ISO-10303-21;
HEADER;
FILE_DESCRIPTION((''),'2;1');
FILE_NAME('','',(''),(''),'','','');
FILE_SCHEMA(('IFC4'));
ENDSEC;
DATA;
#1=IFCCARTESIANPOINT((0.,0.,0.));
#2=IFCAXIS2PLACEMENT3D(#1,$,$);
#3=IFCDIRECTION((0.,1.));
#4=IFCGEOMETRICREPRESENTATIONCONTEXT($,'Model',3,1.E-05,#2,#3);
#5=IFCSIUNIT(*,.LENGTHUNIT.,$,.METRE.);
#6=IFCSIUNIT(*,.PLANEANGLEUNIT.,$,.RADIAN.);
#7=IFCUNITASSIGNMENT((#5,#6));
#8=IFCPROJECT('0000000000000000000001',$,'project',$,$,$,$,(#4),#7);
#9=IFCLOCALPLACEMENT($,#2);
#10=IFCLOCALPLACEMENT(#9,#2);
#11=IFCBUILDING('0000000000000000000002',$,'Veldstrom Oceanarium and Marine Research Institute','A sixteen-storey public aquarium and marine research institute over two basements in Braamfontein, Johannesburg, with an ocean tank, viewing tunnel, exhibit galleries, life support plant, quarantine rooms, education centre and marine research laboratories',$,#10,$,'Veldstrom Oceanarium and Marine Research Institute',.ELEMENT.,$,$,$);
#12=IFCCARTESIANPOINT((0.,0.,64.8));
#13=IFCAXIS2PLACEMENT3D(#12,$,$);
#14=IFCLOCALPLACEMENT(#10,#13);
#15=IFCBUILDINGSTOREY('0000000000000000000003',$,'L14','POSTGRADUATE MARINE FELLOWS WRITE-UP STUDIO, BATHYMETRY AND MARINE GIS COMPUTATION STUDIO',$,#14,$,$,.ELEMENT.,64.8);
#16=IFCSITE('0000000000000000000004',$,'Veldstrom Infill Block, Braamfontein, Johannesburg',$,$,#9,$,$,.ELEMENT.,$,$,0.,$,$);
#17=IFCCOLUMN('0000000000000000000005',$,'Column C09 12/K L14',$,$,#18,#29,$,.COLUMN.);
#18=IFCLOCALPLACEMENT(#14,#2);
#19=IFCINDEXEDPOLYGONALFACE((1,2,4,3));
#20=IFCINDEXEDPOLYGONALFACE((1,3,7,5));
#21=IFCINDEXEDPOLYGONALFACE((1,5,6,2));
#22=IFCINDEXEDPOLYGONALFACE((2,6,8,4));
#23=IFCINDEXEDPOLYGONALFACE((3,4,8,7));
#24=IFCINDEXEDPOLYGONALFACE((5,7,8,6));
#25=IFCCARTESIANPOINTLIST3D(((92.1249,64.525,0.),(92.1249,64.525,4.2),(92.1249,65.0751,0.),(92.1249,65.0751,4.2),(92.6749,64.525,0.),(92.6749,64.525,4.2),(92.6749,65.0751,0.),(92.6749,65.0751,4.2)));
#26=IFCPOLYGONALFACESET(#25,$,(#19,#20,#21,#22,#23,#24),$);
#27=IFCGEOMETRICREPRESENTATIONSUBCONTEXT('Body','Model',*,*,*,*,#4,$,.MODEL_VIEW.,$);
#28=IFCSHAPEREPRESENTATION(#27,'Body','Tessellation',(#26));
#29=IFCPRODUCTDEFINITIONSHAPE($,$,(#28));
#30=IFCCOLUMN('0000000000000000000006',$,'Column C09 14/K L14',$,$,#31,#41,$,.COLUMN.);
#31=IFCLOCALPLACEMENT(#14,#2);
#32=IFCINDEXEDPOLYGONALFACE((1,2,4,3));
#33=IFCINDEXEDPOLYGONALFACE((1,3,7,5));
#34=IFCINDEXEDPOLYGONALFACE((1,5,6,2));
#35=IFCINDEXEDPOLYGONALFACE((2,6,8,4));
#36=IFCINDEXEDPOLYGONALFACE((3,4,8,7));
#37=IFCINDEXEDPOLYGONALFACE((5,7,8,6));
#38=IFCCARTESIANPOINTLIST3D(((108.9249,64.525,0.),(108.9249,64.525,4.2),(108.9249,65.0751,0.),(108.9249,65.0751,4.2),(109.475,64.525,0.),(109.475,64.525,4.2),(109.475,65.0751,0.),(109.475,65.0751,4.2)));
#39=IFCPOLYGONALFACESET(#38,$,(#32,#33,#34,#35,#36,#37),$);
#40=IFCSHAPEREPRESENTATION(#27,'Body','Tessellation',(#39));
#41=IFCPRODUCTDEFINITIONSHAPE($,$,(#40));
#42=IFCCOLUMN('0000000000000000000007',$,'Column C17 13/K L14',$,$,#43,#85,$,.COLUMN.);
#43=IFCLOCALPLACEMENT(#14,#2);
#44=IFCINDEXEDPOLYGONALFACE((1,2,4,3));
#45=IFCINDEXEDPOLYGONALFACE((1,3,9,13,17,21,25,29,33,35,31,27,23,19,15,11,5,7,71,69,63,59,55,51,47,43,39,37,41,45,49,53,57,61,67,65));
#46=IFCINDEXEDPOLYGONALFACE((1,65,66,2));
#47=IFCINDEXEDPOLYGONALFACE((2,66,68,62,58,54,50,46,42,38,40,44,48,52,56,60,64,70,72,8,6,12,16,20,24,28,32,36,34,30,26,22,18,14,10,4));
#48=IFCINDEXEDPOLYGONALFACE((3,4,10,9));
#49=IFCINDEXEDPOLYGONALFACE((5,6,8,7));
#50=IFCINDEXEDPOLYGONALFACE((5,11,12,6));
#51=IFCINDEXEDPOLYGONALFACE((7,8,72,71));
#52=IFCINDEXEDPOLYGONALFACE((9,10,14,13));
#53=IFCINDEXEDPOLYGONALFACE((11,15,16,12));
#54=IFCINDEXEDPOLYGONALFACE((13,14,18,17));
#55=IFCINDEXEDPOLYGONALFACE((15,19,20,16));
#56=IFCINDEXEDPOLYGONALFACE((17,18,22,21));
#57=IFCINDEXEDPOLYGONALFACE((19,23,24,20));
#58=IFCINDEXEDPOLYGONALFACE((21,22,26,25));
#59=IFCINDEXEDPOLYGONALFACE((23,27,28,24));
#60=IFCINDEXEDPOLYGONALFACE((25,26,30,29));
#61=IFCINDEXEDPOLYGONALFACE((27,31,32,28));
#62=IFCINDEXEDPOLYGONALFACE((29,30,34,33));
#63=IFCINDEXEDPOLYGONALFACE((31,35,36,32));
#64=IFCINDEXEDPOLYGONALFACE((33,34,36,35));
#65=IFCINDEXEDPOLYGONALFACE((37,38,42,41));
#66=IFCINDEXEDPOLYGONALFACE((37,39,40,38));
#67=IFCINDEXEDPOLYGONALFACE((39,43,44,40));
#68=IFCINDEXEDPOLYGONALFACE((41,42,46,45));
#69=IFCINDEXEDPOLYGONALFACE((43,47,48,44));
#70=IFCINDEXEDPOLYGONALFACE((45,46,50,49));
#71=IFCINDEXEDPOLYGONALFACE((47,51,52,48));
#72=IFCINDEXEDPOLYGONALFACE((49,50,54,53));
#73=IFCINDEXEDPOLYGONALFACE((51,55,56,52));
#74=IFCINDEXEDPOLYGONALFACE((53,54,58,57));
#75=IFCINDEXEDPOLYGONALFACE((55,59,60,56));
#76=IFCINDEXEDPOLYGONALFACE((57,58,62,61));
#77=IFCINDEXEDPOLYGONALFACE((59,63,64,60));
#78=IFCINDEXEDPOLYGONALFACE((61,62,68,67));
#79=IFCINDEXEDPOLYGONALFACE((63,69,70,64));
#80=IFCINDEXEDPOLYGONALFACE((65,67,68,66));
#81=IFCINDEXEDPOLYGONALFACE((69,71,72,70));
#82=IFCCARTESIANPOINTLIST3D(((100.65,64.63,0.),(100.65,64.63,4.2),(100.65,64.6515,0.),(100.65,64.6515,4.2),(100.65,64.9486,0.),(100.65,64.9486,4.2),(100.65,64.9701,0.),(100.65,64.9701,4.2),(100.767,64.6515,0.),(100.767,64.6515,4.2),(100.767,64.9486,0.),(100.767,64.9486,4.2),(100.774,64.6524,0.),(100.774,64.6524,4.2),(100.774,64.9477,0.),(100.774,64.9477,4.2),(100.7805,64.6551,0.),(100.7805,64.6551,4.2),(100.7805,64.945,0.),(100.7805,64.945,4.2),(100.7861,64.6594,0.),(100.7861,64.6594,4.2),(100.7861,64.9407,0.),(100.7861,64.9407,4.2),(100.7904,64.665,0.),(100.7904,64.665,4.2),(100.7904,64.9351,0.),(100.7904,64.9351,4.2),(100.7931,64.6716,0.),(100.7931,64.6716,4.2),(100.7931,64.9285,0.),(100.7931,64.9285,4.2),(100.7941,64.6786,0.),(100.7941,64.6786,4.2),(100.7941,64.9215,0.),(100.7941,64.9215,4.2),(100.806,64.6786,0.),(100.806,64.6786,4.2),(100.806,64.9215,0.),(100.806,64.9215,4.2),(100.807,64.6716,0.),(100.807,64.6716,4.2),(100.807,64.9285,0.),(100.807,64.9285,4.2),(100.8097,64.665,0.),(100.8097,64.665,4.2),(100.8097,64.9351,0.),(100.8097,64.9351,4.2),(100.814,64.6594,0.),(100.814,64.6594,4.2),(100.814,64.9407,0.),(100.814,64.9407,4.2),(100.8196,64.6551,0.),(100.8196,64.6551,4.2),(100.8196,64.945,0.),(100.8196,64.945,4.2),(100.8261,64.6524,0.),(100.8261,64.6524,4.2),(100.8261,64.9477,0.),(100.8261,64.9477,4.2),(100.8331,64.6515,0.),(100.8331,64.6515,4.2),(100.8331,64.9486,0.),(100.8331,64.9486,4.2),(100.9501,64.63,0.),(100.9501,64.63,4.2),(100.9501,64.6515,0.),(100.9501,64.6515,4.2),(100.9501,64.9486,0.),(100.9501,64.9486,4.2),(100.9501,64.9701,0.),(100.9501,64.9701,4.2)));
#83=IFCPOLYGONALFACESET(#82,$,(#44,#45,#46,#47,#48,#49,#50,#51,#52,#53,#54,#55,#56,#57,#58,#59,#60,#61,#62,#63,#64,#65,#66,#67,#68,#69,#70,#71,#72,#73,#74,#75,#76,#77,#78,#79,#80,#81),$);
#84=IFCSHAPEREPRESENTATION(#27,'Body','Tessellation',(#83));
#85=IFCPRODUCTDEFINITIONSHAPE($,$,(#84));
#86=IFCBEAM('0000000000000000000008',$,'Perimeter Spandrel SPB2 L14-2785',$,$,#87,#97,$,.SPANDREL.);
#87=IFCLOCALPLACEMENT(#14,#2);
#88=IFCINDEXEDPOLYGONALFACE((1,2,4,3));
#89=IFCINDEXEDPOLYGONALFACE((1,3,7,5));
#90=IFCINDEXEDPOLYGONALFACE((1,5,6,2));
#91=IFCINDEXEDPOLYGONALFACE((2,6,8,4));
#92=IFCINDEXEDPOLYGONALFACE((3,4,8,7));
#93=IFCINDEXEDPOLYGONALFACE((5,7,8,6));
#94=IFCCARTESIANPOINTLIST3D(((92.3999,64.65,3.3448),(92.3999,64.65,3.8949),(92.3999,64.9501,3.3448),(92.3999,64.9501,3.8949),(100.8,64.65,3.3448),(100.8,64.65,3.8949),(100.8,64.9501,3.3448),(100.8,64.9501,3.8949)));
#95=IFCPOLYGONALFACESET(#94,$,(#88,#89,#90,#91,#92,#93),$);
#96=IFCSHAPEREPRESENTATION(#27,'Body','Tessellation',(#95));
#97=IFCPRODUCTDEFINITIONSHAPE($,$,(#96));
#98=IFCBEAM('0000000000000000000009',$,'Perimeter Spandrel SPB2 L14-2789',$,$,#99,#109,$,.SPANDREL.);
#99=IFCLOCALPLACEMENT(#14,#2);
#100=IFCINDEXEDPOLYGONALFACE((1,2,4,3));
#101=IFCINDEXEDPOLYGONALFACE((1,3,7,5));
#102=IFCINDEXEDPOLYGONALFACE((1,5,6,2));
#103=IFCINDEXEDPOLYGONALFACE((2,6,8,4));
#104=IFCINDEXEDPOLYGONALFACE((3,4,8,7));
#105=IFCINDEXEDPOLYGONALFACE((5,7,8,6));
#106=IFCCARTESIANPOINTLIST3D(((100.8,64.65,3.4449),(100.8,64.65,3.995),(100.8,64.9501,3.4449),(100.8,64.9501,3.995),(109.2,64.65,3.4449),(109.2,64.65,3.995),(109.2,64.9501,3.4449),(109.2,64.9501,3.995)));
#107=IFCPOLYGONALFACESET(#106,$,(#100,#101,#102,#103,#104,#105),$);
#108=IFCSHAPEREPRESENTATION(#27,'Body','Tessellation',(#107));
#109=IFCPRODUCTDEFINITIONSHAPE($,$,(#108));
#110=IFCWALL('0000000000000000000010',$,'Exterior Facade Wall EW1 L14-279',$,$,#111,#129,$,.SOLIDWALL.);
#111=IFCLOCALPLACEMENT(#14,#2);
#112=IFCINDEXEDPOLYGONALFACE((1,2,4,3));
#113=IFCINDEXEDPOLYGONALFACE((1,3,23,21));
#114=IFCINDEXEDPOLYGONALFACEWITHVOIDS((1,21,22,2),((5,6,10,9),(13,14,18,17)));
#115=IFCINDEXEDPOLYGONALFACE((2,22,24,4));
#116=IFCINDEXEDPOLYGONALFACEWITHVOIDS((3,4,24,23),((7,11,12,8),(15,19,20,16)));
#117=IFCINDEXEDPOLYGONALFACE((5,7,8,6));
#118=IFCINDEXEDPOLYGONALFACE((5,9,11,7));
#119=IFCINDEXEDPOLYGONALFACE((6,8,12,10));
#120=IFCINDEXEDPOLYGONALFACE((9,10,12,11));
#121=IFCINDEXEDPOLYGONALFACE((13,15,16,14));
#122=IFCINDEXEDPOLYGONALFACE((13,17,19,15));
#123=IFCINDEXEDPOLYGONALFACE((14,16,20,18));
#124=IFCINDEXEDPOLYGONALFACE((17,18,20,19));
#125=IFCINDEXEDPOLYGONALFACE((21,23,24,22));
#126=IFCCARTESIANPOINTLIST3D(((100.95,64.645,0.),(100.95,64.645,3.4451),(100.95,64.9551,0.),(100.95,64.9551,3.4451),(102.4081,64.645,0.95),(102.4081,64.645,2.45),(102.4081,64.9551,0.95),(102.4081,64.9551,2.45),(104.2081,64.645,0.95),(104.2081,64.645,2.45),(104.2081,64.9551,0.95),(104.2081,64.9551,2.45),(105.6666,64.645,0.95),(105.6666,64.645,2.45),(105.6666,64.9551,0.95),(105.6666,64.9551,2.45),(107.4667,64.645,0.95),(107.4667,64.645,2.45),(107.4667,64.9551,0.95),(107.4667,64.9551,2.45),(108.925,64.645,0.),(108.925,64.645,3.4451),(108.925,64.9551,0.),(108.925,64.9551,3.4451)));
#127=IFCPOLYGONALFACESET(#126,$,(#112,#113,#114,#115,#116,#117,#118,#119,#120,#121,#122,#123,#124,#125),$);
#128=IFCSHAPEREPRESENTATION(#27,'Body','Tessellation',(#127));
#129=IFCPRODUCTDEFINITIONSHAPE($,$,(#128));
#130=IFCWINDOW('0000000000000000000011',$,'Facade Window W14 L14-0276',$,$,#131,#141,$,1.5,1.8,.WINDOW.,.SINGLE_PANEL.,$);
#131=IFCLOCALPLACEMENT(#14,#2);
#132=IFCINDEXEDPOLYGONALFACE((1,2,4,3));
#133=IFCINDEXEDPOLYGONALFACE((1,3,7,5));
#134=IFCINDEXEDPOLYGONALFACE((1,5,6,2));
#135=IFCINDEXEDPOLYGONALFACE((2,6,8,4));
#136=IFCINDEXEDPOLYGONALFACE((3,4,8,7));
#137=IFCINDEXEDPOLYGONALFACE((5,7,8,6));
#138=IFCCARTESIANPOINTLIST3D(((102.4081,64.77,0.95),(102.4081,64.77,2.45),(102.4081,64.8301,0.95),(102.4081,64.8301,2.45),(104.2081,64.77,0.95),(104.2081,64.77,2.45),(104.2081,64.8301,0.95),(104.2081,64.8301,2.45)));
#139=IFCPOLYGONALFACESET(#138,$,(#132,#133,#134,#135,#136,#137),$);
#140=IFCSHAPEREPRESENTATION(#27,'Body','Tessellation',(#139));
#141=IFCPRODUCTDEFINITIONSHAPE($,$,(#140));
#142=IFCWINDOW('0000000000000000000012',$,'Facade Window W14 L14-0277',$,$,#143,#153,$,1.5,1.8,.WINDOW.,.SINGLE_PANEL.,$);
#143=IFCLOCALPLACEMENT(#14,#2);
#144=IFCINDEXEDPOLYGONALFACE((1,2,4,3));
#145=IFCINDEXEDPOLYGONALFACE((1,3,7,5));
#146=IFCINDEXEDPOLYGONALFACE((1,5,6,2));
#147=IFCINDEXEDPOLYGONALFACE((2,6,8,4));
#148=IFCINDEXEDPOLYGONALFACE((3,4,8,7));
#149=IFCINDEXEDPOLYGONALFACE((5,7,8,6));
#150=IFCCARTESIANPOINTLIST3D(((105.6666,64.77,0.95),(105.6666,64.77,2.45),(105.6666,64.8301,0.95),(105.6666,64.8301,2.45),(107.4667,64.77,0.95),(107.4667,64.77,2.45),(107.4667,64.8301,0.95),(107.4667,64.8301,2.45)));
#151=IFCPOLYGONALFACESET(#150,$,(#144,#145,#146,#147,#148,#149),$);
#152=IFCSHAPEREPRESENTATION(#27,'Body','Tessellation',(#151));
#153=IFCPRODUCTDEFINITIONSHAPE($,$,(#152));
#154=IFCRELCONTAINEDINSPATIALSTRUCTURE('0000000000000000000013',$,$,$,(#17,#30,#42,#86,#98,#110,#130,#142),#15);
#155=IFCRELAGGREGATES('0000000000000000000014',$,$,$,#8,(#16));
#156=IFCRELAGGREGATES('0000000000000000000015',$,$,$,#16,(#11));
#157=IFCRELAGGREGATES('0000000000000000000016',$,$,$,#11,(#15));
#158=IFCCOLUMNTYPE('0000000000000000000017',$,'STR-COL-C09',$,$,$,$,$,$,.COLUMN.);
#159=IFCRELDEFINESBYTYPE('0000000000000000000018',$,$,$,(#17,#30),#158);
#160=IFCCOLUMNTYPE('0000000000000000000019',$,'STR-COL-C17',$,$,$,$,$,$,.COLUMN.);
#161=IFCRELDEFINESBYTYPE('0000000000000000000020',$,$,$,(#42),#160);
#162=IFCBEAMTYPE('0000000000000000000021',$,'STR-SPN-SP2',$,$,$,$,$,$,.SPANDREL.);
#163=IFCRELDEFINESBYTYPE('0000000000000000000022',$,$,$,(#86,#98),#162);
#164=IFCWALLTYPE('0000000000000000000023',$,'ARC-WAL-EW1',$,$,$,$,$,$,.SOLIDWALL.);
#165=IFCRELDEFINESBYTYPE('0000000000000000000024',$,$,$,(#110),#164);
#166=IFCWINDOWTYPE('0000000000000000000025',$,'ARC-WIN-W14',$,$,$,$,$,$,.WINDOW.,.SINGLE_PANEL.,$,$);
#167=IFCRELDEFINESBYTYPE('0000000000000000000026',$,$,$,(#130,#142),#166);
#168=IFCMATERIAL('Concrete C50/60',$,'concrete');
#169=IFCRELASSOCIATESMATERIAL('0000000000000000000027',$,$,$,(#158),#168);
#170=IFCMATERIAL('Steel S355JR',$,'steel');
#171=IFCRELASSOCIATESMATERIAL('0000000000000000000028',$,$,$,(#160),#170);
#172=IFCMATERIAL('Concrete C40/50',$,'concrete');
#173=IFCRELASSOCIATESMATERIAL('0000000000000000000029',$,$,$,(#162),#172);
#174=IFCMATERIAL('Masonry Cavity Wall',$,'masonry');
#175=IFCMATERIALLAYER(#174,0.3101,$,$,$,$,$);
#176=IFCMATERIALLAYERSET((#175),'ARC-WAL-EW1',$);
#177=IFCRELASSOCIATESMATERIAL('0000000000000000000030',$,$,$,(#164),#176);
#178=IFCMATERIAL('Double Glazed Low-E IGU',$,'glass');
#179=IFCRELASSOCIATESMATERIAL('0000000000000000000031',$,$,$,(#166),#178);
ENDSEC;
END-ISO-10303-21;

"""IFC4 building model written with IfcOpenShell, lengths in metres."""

from ifc_helpers import new_model, si_unit, direction, frame, frame_2d, origin, origin_2d, place, context, subcontext, project, spatial, rectangle, i_section, extrude, material, layer, layer_set, material_profile, profile_set, type_object, element, fill, save


model = new_model("IFC4")

# Units and contexts
model_context = context("Model", 3, precision=1e-05, world=origin(), true_north=direction((0.0, 1.0)))
body_context = subcontext(model_context, "Body", "Model", "MODEL_VIEW")
ifc_project = project(units=[si_unit("LENGTHUNIT", "METRE"), si_unit("PLANEANGLEUNIT", "RADIAN")], contexts=[model_context])

# Site, building, storey
site_placement = place(None, origin())
site = spatial("IfcSite", under=ifc_project, at=site_placement, Name="Veldstrom Infill Block, Braamfontein, Johannesburg", CompositionType="ELEMENT", RefElevation=0.0)
building_placement = place(site_placement, origin())
building = spatial("IfcBuilding", under=site, at=building_placement, Name="Veldstrom Oceanarium and Marine Research Institute", Description="A sixteen-storey public aquarium and marine research institute over two basements in Braamfontein, Johannesburg, with an ocean tank, viewing tunnel, exhibit galleries, life support plant, quarantine rooms, education centre and marine research laboratories", LongName="Veldstrom Oceanarium and Marine Research Institute", CompositionType="ELEMENT")
storey_placement = place(building_placement, frame((0.0, 0.0, 64.8)))
storey = spatial("IfcBuildingStorey", under=building, at=storey_placement, Name="L14", Description="POSTGRADUATE MARINE FELLOWS WRITE-UP STUDIO, BATHYMETRY AND MARINE GIS COMPUTATION STUDIO", CompositionType="ELEMENT", Elevation=64.8)

# Columns
ifc_material_1 = material(Name="Concrete C50/60", Category="concrete")
ifc_material_profile_1 = material_profile(ifc_material_1, rectangle(XDim=0.55, YDim=0.55, at=origin_2d()), Name="RC-COL-550x550")
ifc_profile_set_1 = profile_set([ifc_material_profile_1], Name="Concrete C50/60")
column_type_1 = type_object("IfcColumnType", Name="STR-COL-C09", PredefinedType="COLUMN", material=ifc_profile_set_1)
for number, where, z_axis, x_axis, name in (
    (1, (92.3999, 64.8, 0.0), (0.0, 0.0, 1.0), (1.0, 0.0, 0.0), "Column C09 12/K L14"),
    (2, (109.2, 64.8, 0.0), (0.0, 0.0, 1.0), (1.0, 0.0, 0.0), "Column C09 14/K L14"),
):
    element("IfcColumn", number, at=place(storey_placement, frame(where, z_axis=z_axis, x_axis=x_axis)), inside=storey, type_object=column_type_1, Name=name, PredefinedType="COLUMN", context=body_context, shape_type="SweptSolid", body=[
        extrude(rectangle(XDim=0.55, YDim=0.55, at=origin_2d()), origin(), (0.0, 0.0, 1.0), 4.2),
    ])
ifc_material_2 = material(Name="Steel S355JR", Category="steel")
ifc_material_profile_2 = material_profile(ifc_material_2, i_section(OverallWidth=0.3, OverallDepth=0.3401, WebThickness=0.012, FlangeThickness=0.0215, FilletRadius=0.0271, at=origin_2d()), Name="HEB 340")
ifc_profile_set_2 = profile_set([ifc_material_profile_2], Name="Steel S355JR")
column_type_2 = type_object("IfcColumnType", Name="STR-COL-C17", PredefinedType="COLUMN", material=ifc_profile_set_2)
column_placement = place(storey_placement, frame((100.8, 64.8, 0.0), z_axis=(0.0, 0.0, 1.0), x_axis=(1.0, 0.0, 0.0)))
element("IfcColumn", 3, at=column_placement, inside=storey, type_object=column_type_2, Name="Column C17 13/K L14", PredefinedType="COLUMN", context=body_context, shape_type="SweptSolid", body=[
    extrude(i_section(OverallWidth=0.3, OverallDepth=0.3401, WebThickness=0.012, FlangeThickness=0.0215, FilletRadius=0.0271, at=origin_2d()), origin(), (0.0, 0.0, 1.0), 4.2),
])

# Beams
ifc_material_3 = material(Name="Concrete C40/50", Category="concrete")
ifc_material_profile_3 = material_profile(ifc_material_3, rectangle(XDim=0.3, YDim=0.55, at=origin_2d()), Name="RC-SPN-300x550")
ifc_profile_set_3 = profile_set([ifc_material_profile_3], Name="Concrete C40/50")
beam_type = type_object("IfcBeamType", Name="STR-SPN-SP2", PredefinedType="SPANDREL", material=ifc_profile_set_3)
beam_1_placement = place(storey_placement, frame((92.3999, 64.8, 3.6199), z_axis=(1.0, 0.0, 0.0), x_axis=(0.0, 1.0, 0.0)))
element("IfcBeam", 4, at=beam_1_placement, inside=storey, type_object=beam_type, Name="Perimeter Spandrel SPB2 L14-2785", PredefinedType="SPANDREL", context=body_context, shape_type="SweptSolid", body=[
    extrude(rectangle(XDim=0.3, YDim=0.55, at=origin_2d()), origin(), (0.0, 0.0, 1.0), 8.4001),
])
beam_2_placement = place(storey_placement, frame((100.8, 64.8, 3.72), z_axis=(1.0, 0.0, 0.0), x_axis=(0.0, 1.0, 0.0)))
element("IfcBeam", 5, at=beam_2_placement, inside=storey, type_object=beam_type, Name="Perimeter Spandrel SPB2 L14-2789", PredefinedType="SPANDREL", context=body_context, shape_type="SweptSolid", body=[
    extrude(rectangle(XDim=0.3, YDim=0.55, at=origin_2d()), origin(), (0.0, 0.0, 1.0), 8.3999),
])

# Wall, openings, windows
ifc_material_4 = material(Name="Masonry Cavity Wall", Category="masonry")
ifc_layer_1 = layer(ifc_material_4, 0.3101)
ifc_layer_set_1 = layer_set([ifc_layer_1], Name="ARC-WAL-EW1")
wall_type_1 = type_object("IfcWallType", Name="ARC-WAL-EW1", PredefinedType="SOLIDWALL", material=ifc_layer_set_1)
wall_1_placement = place(storey_placement, frame((100.95, 64.8, 0.0), z_axis=(0.0, 0.0, 1.0), x_axis=(1.0, 0.0, 0.0)))
wall_1 = element("IfcWall", 6, at=wall_1_placement, inside=storey, type_object=wall_type_1, Name="Exterior Facade Wall EW1 L14-279", PredefinedType="SOLIDWALL", context=body_context, shape_type="SweptSolid", body=[
    extrude(rectangle(XDim=7.9751, YDim=0.3101, at=frame_2d((3.9875, 0.0))), origin(), (0.0, 0.0, 1.0), 3.4451),
])
opening_1_placement = place(wall_1_placement, frame((1.4583, 0.0, 0.95)))
opening_1 = element("IfcOpeningElement", 7, at=opening_1_placement, cuts=wall_1, PredefinedType="OPENING", context=body_context, shape_type="SweptSolid", body=[
    extrude(rectangle(XDim=1.8, YDim=1.5, at=frame_2d((0.8999, 0.75))), frame((0.0, 0.165, 0.0), z_axis=(0.0, -1.0, 0.0), x_axis=(1.0, 0.0, 0.0)), (0.0, 0.0, 1.0), 0.3301),
])
opening_2_placement = place(wall_1_placement, frame((4.7168, 0.0, 0.95)))
opening_2 = element("IfcOpeningElement", 8, at=opening_2_placement, cuts=wall_1, PredefinedType="OPENING", context=body_context, shape_type="SweptSolid", body=[
    extrude(rectangle(XDim=1.8, YDim=1.5, at=frame_2d((0.8999, 0.75))), frame((0.0, 0.165, 0.0), z_axis=(0.0, -1.0, 0.0), x_axis=(1.0, 0.0, 0.0)), (0.0, 0.0, 1.0), 0.3301),
])
ifc_material_5 = material(Name="Double Glazed Low-E IGU", Category="glass")
window_type_1 = type_object("IfcWindowType", Name="ARC-WIN-W14", PartitioningType="SINGLE_PANEL", PredefinedType="WINDOW", material=ifc_material_5)
window_1_placement = place(opening_1_placement, origin())
window_1 = element("IfcWindow", 9, at=window_1_placement, inside=storey, type_object=window_type_1, Name="Facade Window W14 L14-0276", OverallHeight=1.5, OverallWidth=1.8, PartitioningType="SINGLE_PANEL", PredefinedType="WINDOW", context=body_context, shape_type="SweptSolid", body=[
    extrude(rectangle(XDim=1.8, YDim=1.5, at=frame_2d((0.8999, 0.75))), frame((0.0, 0.03, 0.0), z_axis=(0.0, -1.0, 0.0), x_axis=(1.0, 0.0, 0.0)), (0.0, 0.0, 1.0), 0.0601),
])
fill(opening_1, window_1)
window_2_placement = place(opening_2_placement, origin())
window_2 = element("IfcWindow", 10, at=window_2_placement, inside=storey, type_object=window_type_1, Name="Facade Window W14 L14-0277", OverallHeight=1.5, OverallWidth=1.8, PartitioningType="SINGLE_PANEL", PredefinedType="WINDOW", context=body_context, shape_type="SweptSolid", body=[
    extrude(rectangle(XDim=1.8, YDim=1.5, at=frame_2d((0.8999, 0.75))), frame((0.0, 0.03, 0.0), z_axis=(0.0, -1.0, 0.0), x_axis=(1.0, 0.0, 0.0)), (0.0, 0.0, 1.0), 0.0601),
])
fill(opening_2, window_2)

save(model, "model.ifc")
